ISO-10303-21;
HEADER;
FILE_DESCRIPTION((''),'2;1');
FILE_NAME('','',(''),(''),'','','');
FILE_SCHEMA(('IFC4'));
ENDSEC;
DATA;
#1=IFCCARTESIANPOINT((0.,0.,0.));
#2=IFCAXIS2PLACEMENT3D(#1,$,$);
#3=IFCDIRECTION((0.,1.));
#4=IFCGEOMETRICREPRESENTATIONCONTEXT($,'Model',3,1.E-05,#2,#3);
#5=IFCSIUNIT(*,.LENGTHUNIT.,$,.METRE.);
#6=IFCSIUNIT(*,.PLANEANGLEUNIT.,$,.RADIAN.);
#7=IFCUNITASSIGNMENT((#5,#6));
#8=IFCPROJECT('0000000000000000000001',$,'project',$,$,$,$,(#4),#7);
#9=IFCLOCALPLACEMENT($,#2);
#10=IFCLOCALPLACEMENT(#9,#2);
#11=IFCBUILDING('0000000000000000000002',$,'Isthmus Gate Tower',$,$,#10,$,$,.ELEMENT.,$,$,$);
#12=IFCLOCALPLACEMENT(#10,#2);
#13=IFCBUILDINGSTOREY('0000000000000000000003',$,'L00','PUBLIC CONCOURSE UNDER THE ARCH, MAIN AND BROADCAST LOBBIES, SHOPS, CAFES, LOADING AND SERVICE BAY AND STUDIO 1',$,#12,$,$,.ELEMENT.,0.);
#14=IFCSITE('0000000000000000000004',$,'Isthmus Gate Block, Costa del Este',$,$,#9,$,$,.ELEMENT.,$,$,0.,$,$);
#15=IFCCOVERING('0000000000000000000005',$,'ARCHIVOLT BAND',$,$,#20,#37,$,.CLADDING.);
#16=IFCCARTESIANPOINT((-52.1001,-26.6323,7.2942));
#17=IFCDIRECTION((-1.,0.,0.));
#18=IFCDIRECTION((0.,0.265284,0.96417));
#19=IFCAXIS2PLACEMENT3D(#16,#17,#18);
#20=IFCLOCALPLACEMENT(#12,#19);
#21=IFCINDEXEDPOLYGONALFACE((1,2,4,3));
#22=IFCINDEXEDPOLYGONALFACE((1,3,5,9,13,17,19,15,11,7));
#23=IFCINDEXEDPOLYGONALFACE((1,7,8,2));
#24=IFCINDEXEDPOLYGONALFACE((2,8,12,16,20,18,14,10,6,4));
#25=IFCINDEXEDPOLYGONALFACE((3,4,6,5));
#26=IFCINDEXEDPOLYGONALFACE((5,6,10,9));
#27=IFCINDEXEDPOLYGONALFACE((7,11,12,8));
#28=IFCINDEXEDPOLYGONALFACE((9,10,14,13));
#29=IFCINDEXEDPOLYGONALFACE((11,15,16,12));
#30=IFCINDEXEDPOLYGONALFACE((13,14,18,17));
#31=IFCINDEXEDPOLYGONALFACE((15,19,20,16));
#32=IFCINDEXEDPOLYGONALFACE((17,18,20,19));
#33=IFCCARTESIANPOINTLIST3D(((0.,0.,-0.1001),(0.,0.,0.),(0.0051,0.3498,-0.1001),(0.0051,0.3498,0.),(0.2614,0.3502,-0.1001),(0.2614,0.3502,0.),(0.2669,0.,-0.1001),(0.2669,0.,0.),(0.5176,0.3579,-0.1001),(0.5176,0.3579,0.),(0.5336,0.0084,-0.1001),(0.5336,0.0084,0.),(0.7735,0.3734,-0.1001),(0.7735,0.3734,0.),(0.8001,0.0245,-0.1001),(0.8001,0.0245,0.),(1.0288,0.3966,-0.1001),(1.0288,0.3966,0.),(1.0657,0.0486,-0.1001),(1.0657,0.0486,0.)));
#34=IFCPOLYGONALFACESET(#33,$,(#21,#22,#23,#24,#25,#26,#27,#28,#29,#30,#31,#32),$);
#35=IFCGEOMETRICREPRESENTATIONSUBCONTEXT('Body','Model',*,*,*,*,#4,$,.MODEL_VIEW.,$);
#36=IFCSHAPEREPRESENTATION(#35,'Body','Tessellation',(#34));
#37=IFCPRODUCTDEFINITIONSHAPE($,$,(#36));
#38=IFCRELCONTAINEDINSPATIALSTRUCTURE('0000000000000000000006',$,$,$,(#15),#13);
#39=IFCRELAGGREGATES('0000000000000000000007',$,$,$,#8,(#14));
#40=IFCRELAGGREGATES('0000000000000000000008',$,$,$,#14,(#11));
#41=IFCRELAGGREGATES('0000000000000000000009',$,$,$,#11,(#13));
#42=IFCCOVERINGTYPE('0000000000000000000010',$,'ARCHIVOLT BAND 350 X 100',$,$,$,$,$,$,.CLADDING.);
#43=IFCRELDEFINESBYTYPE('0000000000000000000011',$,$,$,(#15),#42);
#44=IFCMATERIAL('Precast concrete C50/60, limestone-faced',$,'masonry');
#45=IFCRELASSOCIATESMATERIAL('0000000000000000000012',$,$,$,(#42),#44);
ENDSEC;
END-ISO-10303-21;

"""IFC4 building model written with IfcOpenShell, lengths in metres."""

from ifc_helpers import new_model, si_unit, direction, frame, origin, place, context, subcontext, project, spatial, polyline, outline, extrude, material, type_object, element, save


model = new_model("IFC4")

# Units and contexts
model_context = context("Model", 3, precision=1e-05, world=origin(), true_north=direction((0.0, 1.0)))
body_context = subcontext(model_context, "Body", "Model", "MODEL_VIEW")
ifc_project = project(units=[si_unit("LENGTHUNIT", "METRE"), si_unit("PLANEANGLEUNIT", "RADIAN")], contexts=[model_context])

# Site, building, storey
site_placement = place(None, origin())
site = spatial("IfcSite", under=ifc_project, at=site_placement, Name="Isthmus Gate Block, Costa del Este", CompositionType="ELEMENT", RefElevation=0.0)
building_placement = place(site_placement, origin())
building = spatial("IfcBuilding", under=site, at=building_placement, Name="Isthmus Gate Tower", CompositionType="ELEMENT")
storey_placement = place(building_placement, origin())
storey = spatial("IfcBuildingStorey", under=building, at=storey_placement, Name="L00", Description="PUBLIC CONCOURSE UNDER THE ARCH, MAIN AND BROADCAST LOBBIES, SHOPS, CAFES, LOADING AND SERVICE BAY AND STUDIO 1", CompositionType="ELEMENT", Elevation=0.0)

# Covering
ifc_material_1 = material(Name="Precast concrete C50/60, limestone-faced", Category="masonry")
covering_type_1 = type_object("IfcCoveringType", Name="ARCHIVOLT BAND 350 X 100", PredefinedType="CLADDING", material=ifc_material_1)
covering_1_placement = place(storey_placement, frame((-52.1001, -26.6323, 7.2942), z_axis=(-1.0, 0.0, 0.0), x_axis=(0.0, 0.265284, 0.96417)))
element("IfcCovering", 1, at=covering_1_placement, inside=storey, type_object=covering_type_1, Name="ARCHIVOLT BAND", PredefinedType="CLADDING", context=body_context, shape_type="SweptSolid", body=[
    extrude(outline(polyline([(0.0, 0.0), (0.2669, 0.0), (0.5336, 0.0084), (0.8001, 0.0245), (1.0657, 0.0486), (1.0288, 0.3966), (0.7735, 0.3734), (0.5176, 0.3579), (0.2614, 0.3502), (0.0051, 0.3498), (0.0, 0.0)])), origin(), (0.0, 0.0, -1.0), 0.1001),
])

save(model, "model.ifc")
